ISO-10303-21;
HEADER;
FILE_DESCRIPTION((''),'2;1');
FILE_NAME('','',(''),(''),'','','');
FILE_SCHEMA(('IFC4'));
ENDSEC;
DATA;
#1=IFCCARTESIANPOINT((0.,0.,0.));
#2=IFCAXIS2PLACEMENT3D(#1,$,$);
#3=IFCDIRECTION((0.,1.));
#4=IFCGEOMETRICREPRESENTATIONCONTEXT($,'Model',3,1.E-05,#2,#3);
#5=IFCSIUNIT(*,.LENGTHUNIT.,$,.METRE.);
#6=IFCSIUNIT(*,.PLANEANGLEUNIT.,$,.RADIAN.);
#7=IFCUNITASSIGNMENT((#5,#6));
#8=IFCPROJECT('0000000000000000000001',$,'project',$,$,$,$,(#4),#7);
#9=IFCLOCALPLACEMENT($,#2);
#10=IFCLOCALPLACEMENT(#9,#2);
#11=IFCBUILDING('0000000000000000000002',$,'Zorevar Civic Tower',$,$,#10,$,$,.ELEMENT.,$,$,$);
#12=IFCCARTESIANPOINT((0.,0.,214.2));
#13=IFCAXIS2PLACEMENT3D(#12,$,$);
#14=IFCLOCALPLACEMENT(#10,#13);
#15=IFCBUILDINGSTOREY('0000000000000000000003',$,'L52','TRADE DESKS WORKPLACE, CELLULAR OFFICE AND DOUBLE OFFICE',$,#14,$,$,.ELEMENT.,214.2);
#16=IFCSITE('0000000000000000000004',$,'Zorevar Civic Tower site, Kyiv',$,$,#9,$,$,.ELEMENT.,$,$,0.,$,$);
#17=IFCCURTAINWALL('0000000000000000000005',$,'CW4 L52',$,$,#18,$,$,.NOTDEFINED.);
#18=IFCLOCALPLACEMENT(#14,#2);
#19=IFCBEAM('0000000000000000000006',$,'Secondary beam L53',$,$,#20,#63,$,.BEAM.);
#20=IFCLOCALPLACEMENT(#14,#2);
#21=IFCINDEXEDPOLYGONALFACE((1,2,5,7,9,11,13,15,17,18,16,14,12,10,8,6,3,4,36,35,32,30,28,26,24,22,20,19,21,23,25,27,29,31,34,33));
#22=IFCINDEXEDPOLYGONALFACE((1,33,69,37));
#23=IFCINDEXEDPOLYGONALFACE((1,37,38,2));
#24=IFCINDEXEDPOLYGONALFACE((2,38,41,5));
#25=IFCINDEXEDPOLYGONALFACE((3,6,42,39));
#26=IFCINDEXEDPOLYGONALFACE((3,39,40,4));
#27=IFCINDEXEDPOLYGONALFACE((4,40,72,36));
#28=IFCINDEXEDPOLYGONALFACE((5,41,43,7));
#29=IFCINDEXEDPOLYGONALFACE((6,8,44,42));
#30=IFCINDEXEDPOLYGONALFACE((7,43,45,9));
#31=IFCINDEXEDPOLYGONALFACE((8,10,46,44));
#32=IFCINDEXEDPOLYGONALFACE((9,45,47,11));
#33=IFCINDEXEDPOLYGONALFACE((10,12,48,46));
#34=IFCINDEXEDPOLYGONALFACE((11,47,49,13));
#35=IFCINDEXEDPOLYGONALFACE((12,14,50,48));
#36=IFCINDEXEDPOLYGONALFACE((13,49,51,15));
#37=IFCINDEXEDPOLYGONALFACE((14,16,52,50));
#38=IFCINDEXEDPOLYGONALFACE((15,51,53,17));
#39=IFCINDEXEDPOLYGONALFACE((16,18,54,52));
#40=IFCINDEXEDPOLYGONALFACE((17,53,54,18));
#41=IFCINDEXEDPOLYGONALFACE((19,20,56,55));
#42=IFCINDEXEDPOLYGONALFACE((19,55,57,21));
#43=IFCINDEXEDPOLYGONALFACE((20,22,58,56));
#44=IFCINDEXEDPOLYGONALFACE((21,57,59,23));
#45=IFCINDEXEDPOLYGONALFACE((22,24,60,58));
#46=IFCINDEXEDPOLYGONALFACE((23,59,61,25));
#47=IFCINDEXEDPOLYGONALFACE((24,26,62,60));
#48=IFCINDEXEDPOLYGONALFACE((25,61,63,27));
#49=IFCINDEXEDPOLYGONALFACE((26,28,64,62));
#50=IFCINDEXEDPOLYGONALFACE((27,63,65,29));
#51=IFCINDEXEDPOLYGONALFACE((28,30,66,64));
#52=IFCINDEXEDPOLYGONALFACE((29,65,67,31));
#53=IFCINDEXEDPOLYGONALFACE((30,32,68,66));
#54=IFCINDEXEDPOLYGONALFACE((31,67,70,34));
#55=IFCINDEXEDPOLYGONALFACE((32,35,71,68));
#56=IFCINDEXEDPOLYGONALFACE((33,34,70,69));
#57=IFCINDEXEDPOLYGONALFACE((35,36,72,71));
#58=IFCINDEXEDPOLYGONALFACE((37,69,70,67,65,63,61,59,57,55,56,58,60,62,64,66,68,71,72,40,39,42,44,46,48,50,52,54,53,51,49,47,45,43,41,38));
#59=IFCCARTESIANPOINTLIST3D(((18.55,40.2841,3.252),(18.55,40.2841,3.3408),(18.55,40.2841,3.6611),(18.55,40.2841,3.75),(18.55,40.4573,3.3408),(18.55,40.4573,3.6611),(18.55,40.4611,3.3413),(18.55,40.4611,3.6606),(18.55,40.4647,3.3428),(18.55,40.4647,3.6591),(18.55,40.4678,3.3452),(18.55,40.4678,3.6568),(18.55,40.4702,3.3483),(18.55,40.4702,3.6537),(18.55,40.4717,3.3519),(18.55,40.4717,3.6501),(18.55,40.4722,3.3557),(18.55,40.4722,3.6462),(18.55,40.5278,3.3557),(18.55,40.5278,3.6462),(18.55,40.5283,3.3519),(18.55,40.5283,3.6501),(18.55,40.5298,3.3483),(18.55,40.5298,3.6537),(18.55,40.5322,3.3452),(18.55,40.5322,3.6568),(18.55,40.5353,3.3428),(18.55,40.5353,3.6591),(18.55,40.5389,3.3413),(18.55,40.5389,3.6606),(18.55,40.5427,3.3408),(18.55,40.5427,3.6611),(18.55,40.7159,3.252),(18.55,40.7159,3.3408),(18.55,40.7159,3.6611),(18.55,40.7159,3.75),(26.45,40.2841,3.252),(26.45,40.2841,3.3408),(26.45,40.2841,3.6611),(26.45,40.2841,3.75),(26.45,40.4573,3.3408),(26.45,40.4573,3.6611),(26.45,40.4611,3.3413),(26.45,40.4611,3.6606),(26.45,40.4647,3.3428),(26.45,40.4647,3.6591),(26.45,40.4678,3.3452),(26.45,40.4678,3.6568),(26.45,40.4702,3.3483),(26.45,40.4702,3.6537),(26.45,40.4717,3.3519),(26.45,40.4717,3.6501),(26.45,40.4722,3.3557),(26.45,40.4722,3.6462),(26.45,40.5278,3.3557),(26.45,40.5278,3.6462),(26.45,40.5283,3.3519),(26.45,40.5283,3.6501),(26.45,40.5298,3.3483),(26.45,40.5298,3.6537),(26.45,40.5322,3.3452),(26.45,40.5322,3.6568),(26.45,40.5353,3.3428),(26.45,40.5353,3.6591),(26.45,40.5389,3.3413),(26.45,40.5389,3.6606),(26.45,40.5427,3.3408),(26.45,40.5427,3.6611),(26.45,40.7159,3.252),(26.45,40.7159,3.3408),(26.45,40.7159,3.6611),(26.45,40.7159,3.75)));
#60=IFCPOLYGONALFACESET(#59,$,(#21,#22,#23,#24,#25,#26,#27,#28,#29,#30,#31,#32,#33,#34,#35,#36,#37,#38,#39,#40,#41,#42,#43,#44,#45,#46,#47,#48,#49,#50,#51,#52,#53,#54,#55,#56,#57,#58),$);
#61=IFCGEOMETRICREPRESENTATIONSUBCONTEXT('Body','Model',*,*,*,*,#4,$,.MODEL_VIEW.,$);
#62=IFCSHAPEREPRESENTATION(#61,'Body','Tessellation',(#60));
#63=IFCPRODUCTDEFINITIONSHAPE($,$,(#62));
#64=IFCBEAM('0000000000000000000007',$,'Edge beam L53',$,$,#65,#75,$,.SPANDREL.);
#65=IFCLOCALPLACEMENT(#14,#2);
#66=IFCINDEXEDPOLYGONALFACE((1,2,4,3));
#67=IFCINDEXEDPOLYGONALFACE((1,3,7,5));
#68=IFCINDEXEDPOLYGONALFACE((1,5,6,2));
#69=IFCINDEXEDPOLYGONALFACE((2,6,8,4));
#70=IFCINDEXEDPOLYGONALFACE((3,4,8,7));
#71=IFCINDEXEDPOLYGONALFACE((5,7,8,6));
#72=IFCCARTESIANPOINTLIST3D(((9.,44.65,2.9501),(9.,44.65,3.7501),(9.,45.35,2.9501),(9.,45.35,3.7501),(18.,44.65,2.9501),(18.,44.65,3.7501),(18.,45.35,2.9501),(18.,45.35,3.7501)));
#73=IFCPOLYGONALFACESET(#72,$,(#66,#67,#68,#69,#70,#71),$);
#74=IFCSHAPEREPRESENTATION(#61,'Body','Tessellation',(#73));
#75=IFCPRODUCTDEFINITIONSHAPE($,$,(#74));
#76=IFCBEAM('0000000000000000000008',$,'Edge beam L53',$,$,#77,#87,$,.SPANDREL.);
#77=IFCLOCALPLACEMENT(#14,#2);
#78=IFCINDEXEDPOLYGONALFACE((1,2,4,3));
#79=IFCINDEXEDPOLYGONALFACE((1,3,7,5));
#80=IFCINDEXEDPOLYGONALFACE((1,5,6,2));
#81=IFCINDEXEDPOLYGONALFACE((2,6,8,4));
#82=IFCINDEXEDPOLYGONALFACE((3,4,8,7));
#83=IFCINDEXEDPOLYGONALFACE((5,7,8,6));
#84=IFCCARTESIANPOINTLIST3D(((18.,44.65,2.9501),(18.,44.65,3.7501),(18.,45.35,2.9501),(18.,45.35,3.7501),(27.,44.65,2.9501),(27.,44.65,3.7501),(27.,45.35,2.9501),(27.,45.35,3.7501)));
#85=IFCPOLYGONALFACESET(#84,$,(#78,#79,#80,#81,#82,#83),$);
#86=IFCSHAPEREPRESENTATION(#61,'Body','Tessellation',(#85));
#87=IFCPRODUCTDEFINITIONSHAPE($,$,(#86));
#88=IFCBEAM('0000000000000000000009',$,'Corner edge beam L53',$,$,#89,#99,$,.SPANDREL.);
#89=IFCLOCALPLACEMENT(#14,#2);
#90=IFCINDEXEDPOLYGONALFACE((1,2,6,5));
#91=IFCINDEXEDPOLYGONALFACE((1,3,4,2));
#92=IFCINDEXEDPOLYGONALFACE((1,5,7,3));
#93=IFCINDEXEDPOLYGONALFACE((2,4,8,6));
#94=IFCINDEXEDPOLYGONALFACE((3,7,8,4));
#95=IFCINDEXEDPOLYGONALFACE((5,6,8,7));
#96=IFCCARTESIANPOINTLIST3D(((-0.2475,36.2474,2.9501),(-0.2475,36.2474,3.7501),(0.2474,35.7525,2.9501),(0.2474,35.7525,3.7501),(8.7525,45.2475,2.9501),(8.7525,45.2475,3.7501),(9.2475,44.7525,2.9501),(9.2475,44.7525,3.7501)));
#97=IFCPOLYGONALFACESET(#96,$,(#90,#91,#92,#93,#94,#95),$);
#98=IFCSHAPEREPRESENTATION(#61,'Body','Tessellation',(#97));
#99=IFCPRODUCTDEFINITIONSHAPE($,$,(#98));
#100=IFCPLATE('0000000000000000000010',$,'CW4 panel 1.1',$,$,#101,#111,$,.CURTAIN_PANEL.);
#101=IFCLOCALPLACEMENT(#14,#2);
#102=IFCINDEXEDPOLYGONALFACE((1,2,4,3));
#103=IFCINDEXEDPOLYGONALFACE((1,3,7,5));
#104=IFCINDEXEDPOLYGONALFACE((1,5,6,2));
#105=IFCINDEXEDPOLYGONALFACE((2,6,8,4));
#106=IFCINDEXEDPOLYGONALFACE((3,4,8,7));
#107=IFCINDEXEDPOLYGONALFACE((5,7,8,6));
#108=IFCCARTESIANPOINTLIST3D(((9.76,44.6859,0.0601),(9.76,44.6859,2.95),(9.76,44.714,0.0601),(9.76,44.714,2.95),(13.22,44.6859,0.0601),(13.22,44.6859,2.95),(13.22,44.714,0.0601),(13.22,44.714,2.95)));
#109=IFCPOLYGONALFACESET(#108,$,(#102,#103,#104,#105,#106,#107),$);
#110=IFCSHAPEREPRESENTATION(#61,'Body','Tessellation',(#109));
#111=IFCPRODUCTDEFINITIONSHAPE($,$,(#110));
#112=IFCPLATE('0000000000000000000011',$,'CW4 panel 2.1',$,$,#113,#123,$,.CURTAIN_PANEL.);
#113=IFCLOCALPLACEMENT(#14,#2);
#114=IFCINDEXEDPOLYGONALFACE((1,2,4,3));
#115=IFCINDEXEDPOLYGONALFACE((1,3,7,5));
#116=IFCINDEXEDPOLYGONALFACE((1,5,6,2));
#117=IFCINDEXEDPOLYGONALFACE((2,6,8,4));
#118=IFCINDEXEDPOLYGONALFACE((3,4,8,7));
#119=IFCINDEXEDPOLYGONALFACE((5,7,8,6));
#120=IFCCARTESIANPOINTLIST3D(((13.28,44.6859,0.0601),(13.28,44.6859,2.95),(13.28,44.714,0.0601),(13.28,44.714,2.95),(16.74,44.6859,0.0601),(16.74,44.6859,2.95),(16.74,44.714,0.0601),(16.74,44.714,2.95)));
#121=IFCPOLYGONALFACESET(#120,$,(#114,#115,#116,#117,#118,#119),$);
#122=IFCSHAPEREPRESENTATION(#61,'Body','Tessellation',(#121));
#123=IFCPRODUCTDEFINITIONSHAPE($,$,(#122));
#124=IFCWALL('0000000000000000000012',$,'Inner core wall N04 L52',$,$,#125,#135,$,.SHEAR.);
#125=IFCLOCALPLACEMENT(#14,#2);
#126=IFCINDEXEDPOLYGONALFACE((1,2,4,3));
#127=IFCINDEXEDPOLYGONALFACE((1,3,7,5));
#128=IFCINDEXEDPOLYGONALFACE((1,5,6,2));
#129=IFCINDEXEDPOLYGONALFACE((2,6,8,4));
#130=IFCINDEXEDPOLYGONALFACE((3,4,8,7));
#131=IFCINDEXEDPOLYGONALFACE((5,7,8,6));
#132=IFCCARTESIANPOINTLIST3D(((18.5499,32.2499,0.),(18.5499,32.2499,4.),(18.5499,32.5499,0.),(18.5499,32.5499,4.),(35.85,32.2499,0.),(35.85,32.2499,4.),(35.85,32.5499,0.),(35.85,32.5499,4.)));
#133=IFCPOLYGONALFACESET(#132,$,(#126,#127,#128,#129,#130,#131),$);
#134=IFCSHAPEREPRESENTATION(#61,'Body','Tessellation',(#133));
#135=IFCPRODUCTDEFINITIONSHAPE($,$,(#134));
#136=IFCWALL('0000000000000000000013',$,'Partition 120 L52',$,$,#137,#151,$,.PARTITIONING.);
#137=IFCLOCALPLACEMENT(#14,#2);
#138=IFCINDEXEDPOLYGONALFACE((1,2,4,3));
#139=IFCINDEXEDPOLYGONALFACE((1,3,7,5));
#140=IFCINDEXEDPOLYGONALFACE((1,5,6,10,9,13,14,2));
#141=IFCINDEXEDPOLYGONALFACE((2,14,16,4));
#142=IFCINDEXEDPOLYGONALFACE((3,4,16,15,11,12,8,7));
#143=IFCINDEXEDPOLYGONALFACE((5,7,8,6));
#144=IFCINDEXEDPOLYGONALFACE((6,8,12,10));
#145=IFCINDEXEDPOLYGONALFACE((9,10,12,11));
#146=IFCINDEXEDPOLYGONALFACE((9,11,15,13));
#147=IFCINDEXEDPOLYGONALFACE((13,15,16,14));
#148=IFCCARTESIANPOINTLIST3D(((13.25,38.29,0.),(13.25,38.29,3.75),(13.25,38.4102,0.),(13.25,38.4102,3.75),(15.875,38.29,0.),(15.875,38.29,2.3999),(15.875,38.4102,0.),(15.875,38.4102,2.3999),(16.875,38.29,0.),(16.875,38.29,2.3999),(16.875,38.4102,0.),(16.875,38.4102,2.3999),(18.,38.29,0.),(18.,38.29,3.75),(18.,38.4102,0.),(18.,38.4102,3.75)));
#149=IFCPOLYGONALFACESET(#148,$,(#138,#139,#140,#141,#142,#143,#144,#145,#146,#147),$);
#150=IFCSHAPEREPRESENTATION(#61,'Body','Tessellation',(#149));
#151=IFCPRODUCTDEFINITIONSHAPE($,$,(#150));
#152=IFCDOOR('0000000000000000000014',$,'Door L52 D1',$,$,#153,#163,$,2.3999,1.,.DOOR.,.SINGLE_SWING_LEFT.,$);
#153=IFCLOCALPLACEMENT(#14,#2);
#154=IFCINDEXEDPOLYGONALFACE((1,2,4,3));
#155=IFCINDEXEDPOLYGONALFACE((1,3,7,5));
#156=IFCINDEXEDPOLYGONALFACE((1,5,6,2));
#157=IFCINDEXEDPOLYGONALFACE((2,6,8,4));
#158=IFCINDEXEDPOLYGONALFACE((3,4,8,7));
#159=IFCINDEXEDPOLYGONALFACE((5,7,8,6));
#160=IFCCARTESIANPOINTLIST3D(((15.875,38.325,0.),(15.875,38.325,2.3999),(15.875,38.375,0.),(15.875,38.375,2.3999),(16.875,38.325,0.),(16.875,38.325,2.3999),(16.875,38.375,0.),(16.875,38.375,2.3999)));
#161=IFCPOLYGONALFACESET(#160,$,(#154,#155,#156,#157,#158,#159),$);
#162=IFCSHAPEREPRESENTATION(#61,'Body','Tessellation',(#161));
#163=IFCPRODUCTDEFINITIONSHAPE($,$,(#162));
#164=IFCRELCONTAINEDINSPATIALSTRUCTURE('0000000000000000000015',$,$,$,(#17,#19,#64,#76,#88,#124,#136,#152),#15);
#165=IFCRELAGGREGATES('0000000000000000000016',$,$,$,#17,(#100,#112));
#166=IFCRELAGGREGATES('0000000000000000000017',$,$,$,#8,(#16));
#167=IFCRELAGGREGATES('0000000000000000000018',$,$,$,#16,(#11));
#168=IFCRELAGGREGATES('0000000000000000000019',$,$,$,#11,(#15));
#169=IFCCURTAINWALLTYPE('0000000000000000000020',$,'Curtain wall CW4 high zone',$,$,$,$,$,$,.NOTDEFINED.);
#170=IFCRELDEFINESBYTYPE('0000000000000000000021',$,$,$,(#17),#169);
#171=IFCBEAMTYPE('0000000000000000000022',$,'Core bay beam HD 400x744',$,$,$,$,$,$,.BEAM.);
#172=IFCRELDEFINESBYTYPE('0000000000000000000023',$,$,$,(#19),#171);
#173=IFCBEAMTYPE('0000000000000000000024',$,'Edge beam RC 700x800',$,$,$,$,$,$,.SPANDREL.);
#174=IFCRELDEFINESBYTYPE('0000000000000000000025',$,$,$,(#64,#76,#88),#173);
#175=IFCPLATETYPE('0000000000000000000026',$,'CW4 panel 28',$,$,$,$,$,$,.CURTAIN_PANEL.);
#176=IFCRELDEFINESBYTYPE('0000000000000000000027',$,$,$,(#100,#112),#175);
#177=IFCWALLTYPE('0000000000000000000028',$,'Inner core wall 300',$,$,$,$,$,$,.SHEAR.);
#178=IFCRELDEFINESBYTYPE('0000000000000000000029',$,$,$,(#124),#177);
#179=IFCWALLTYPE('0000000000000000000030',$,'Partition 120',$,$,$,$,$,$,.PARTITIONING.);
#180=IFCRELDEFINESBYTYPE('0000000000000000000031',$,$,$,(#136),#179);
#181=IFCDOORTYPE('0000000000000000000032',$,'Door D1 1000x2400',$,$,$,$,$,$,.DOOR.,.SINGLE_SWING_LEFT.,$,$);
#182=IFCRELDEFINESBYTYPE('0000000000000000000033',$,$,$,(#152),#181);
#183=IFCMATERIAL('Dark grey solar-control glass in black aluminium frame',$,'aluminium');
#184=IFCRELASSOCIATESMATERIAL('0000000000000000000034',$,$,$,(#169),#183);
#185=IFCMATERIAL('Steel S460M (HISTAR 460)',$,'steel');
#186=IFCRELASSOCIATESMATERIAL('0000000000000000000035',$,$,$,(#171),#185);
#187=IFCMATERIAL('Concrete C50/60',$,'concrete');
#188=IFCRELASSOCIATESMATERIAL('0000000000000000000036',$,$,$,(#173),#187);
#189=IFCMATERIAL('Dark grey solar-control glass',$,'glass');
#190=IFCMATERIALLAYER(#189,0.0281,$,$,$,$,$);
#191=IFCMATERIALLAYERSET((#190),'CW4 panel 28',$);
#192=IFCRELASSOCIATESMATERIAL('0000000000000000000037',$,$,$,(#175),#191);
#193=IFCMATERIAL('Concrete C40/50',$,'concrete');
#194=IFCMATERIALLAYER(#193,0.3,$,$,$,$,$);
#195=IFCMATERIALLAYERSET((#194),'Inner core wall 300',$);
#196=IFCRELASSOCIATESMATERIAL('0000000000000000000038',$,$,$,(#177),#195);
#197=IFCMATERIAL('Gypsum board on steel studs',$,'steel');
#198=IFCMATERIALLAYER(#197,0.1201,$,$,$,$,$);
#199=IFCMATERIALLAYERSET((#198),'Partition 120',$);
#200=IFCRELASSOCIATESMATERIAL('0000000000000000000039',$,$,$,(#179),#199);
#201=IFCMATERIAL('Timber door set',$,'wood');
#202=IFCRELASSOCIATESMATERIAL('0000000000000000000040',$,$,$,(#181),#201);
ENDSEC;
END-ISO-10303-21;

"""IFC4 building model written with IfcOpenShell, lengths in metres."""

from ifc_helpers import new_model, si_unit, direction, frame, frame_2d, origin, origin_2d, place, context, subcontext, project, spatial, rectangle, i_section, extrude, material, layer, layer_set, material_profile, profile_set, type_object, element, fill, aggregate, save


model = new_model("IFC4")

# Units and contexts
model_context = context("Model", 3, precision=1e-05, world=origin(), true_north=direction((0.0, 1.0)))
body_context = subcontext(model_context, "Body", "Model", "MODEL_VIEW")
ifc_project = project(units=[si_unit("LENGTHUNIT", "METRE"), si_unit("PLANEANGLEUNIT", "RADIAN")], contexts=[model_context])

# Site, building, storey
site_placement = place(None, origin())
site = spatial("IfcSite", under=ifc_project, at=site_placement, Name="Zorevar Civic Tower site, Kyiv", CompositionType="ELEMENT", RefElevation=0.0)
building_placement = place(site_placement, origin())
building = spatial("IfcBuilding", under=site, at=building_placement, Name="Zorevar Civic Tower", CompositionType="ELEMENT")
storey_placement = place(building_placement, frame((0.0, 0.0, 214.2)))
storey = spatial("IfcBuildingStorey", under=building, at=storey_placement, Name="L52", Description="TRADE DESKS WORKPLACE, CELLULAR OFFICE AND DOUBLE OFFICE", CompositionType="ELEMENT", Elevation=214.2)

# Curtain wall
ifc_material_1 = material(Name="Dark grey solar-control glass in black aluminium frame", Category="aluminium")
curtain_wall_type = type_object("IfcCurtainWallType", Name="Curtain wall CW4 high zone", PredefinedType="NOTDEFINED", material=ifc_material_1)
curtain_wall_1_placement = place(storey_placement, origin())
curtain_wall_1 = element("IfcCurtainWall", 1, at=curtain_wall_1_placement, inside=storey, type_object=curtain_wall_type, Name="CW4 L52", PredefinedType="NOTDEFINED")

# Beams
ifc_material_2 = material(Name="Steel S460M (HISTAR 460)", Category="steel")
ifc_material_profile_1 = material_profile(ifc_material_2, i_section(OverallWidth=0.4319, OverallDepth=0.498, WebThickness=0.0557, FlangeThickness=0.0889, FilletRadius=0.0149, at=origin_2d()), Name="HD 400x744")
ifc_profile_set_1 = profile_set([ifc_material_profile_1], Name="Steel S460M (HISTAR 460)")
beam_type_1 = type_object("IfcBeamType", Name="Core bay beam HD 400x744", PredefinedType="BEAM", material=ifc_profile_set_1)
beam_1_placement = place(storey_placement, frame((18.55, 40.5, 3.501), z_axis=(1.0, 0.0, 0.0), x_axis=(0.0, 1.0, 0.0)))
element("IfcBeam", 2, at=beam_1_placement, inside=storey, type_object=beam_type_1, Name="Secondary beam L53", PredefinedType="BEAM", context=body_context, shape_type="SweptSolid", body=[
    extrude(i_section(OverallWidth=0.4319, OverallDepth=0.498, WebThickness=0.0557, FlangeThickness=0.0889, FilletRadius=0.0149, at=origin_2d()), origin(), (0.0, 0.0, 1.0), 7.8999),
])
ifc_material_3 = material(Name="Concrete C50/60", Category="concrete")
ifc_material_profile_2 = material_profile(ifc_material_3, rectangle(XDim=0.7, YDim=0.8, at=origin_2d()), Name="RC 700x800")
ifc_profile_set_2 = profile_set([ifc_material_profile_2], Name="Concrete C50/60")
beam_type_2 = type_object("IfcBeamType", Name="Edge beam RC 700x800", PredefinedType="SPANDREL", material=ifc_profile_set_2)
for number, where, z_axis, x_axis, name in (
    (3, (9.0, 45.0, 3.3501), (1.0, 0.0, 0.0), (0.0, 1.0, 0.0), "Edge beam L53"),
    (4, (18.0, 45.0, 3.3501), (1.0, 0.0, 0.0), (0.0, 1.0, 0.0), "Edge beam L53"),
):
    element("IfcBeam", number, at=place(storey_placement, frame(where, z_axis=z_axis, x_axis=x_axis)), inside=storey, type_object=beam_type_2, Name=name, PredefinedType="SPANDREL", context=body_context, shape_type="SweptSolid", body=[
        extrude(rectangle(XDim=0.7, YDim=0.8, at=origin_2d()), origin(), (0.0, 0.0, 1.0), 9.0),
    ])
beam_2_placement = place(storey_placement, frame((9.0, 45.0, 3.3501), z_axis=(-0.707107, -0.707107, 0.0), x_axis=(0.707107, -0.707107, 0.0)))
element("IfcBeam", 5, at=beam_2_placement, inside=storey, type_object=beam_type_2, Name="Corner edge beam L53", PredefinedType="SPANDREL", context=body_context, shape_type="SweptSolid", body=[
    extrude(rectangle(XDim=0.7, YDim=0.8, at=origin_2d()), origin(), (0.0, 0.0, 1.0), 12.728),
])

# Plates
ifc_material_4 = material(Name="Dark grey solar-control glass", Category="glass")
ifc_layer_1 = layer(ifc_material_4, 0.0281)
ifc_layer_set_1 = layer_set([ifc_layer_1], Name="CW4 panel 28")
plate_type = type_object("IfcPlateType", Name="CW4 panel 28", PredefinedType="CURTAIN_PANEL", material=ifc_layer_set_1)
plate_1_placement = place(storey_placement, frame((11.49, 44.7, 0.0601), z_axis=(0.0, 0.0, 1.0), x_axis=(1.0, 0.0, 0.0)))
plate_1 = element("IfcPlate", 6, at=plate_1_placement, type_object=plate_type, Name="CW4 panel 1.1", PredefinedType="CURTAIN_PANEL", context=body_context, shape_type="SweptSolid", body=[
    extrude(rectangle(XDim=3.46, YDim=0.0281, at=origin_2d()), origin(), (0.0, 0.0, 1.0), 2.8899),
])
plate_2_placement = place(storey_placement, frame((15.01, 44.7, 0.0601), z_axis=(0.0, 0.0, 1.0), x_axis=(1.0, 0.0, 0.0)))
plate_2 = element("IfcPlate", 7, at=plate_2_placement, type_object=plate_type, Name="CW4 panel 2.1", PredefinedType="CURTAIN_PANEL", context=body_context, shape_type="SweptSolid", body=[
    extrude(rectangle(XDim=3.46, YDim=0.0281, at=origin_2d()), origin(), (0.0, 0.0, 1.0), 2.8899),
])
aggregate(curtain_wall_1, [plate_1, plate_2])

# Wall
ifc_material_5 = material(Name="Concrete C40/50", Category="concrete")
ifc_layer_2 = layer(ifc_material_5, 0.3)
ifc_layer_set_2 = layer_set([ifc_layer_2], Name="Inner core wall 300")
wall_type_1 = type_object("IfcWallType", Name="Inner core wall 300", PredefinedType="SHEAR", material=ifc_layer_set_2)
wall_1_placement = place(storey_placement, frame((18.55, 32.3999, 0.0), z_axis=(0.0, 0.0, 1.0), x_axis=(1.0, 0.0, 0.0)))
element("IfcWall", 8, at=wall_1_placement, inside=storey, type_object=wall_type_1, Name="Inner core wall N04 L52", PredefinedType="SHEAR", context=body_context, shape_type="SweptSolid", body=[
    extrude(rectangle(XDim=17.3, YDim=0.3, at=frame_2d((8.6499, 0.0))), origin(), (0.0, 0.0, 1.0), 4.0),
])

# Wall, opening, door
ifc_material_6 = material(Name="Gypsum board on steel studs", Category="steel")
ifc_layer_3 = layer(ifc_material_6, 0.1201)
ifc_layer_set_3 = layer_set([ifc_layer_3], Name="Partition 120")
wall_type_2 = type_object("IfcWallType", Name="Partition 120", PredefinedType="PARTITIONING", material=ifc_layer_set_3)
wall_2_placement = place(storey_placement, frame((13.25, 38.3501, 0.0), z_axis=(0.0, 0.0, 1.0), x_axis=(1.0, 0.0, 0.0)))
wall_2 = element("IfcWall", 9, at=wall_2_placement, inside=storey, type_object=wall_type_2, Name="Partition 120 L52", PredefinedType="PARTITIONING", context=body_context, shape_type="SweptSolid", body=[
    extrude(rectangle(XDim=4.75, YDim=0.1201, at=frame_2d((2.375, 0.0))), origin(), (0.0, 0.0, 1.0), 3.75),
])
opening_1_placement = place(wall_2_placement, frame((2.625, 0.0, 0.0)))
opening_1 = element("IfcOpeningElement", 10, at=opening_1_placement, cuts=wall_2, PredefinedType="OPENING", context=body_context, shape_type="SweptSolid", body=[
    extrude(rectangle(XDim=1.0, YDim=2.3999, at=frame_2d((0.5, 1.2))), frame((0.0, 0.0701, 0.0), z_axis=(0.0, -1.0, 0.0), x_axis=(1.0, 0.0, 0.0)), (0.0, 0.0, 1.0), 0.1401),
])
ifc_material_7 = material(Name="Timber door set", Category="wood")
door_type_1 = type_object("IfcDoorType", Name="Door D1 1000x2400", OperationType="SINGLE_SWING_LEFT", PredefinedType="DOOR", material=ifc_material_7)
door_1_placement = place(opening_1_placement, origin())
door_1 = element("IfcDoor", 11, at=door_1_placement, inside=storey, type_object=door_type_1, Name="Door L52 D1", OperationType="SINGLE_SWING_LEFT", OverallHeight=2.3999, OverallWidth=1.0, PredefinedType="DOOR", context=body_context, shape_type="SweptSolid", body=[
    extrude(rectangle(XDim=1.0, YDim=2.3999, at=frame_2d((0.5, 1.2))), frame((0.0, 0.0249, 0.0), z_axis=(0.0, -1.0, 0.0), x_axis=(1.0, 0.0, 0.0)), (0.0, 0.0, 1.0), 0.05),
])
fill(opening_1, door_1)

save(model, "model.ifc")
